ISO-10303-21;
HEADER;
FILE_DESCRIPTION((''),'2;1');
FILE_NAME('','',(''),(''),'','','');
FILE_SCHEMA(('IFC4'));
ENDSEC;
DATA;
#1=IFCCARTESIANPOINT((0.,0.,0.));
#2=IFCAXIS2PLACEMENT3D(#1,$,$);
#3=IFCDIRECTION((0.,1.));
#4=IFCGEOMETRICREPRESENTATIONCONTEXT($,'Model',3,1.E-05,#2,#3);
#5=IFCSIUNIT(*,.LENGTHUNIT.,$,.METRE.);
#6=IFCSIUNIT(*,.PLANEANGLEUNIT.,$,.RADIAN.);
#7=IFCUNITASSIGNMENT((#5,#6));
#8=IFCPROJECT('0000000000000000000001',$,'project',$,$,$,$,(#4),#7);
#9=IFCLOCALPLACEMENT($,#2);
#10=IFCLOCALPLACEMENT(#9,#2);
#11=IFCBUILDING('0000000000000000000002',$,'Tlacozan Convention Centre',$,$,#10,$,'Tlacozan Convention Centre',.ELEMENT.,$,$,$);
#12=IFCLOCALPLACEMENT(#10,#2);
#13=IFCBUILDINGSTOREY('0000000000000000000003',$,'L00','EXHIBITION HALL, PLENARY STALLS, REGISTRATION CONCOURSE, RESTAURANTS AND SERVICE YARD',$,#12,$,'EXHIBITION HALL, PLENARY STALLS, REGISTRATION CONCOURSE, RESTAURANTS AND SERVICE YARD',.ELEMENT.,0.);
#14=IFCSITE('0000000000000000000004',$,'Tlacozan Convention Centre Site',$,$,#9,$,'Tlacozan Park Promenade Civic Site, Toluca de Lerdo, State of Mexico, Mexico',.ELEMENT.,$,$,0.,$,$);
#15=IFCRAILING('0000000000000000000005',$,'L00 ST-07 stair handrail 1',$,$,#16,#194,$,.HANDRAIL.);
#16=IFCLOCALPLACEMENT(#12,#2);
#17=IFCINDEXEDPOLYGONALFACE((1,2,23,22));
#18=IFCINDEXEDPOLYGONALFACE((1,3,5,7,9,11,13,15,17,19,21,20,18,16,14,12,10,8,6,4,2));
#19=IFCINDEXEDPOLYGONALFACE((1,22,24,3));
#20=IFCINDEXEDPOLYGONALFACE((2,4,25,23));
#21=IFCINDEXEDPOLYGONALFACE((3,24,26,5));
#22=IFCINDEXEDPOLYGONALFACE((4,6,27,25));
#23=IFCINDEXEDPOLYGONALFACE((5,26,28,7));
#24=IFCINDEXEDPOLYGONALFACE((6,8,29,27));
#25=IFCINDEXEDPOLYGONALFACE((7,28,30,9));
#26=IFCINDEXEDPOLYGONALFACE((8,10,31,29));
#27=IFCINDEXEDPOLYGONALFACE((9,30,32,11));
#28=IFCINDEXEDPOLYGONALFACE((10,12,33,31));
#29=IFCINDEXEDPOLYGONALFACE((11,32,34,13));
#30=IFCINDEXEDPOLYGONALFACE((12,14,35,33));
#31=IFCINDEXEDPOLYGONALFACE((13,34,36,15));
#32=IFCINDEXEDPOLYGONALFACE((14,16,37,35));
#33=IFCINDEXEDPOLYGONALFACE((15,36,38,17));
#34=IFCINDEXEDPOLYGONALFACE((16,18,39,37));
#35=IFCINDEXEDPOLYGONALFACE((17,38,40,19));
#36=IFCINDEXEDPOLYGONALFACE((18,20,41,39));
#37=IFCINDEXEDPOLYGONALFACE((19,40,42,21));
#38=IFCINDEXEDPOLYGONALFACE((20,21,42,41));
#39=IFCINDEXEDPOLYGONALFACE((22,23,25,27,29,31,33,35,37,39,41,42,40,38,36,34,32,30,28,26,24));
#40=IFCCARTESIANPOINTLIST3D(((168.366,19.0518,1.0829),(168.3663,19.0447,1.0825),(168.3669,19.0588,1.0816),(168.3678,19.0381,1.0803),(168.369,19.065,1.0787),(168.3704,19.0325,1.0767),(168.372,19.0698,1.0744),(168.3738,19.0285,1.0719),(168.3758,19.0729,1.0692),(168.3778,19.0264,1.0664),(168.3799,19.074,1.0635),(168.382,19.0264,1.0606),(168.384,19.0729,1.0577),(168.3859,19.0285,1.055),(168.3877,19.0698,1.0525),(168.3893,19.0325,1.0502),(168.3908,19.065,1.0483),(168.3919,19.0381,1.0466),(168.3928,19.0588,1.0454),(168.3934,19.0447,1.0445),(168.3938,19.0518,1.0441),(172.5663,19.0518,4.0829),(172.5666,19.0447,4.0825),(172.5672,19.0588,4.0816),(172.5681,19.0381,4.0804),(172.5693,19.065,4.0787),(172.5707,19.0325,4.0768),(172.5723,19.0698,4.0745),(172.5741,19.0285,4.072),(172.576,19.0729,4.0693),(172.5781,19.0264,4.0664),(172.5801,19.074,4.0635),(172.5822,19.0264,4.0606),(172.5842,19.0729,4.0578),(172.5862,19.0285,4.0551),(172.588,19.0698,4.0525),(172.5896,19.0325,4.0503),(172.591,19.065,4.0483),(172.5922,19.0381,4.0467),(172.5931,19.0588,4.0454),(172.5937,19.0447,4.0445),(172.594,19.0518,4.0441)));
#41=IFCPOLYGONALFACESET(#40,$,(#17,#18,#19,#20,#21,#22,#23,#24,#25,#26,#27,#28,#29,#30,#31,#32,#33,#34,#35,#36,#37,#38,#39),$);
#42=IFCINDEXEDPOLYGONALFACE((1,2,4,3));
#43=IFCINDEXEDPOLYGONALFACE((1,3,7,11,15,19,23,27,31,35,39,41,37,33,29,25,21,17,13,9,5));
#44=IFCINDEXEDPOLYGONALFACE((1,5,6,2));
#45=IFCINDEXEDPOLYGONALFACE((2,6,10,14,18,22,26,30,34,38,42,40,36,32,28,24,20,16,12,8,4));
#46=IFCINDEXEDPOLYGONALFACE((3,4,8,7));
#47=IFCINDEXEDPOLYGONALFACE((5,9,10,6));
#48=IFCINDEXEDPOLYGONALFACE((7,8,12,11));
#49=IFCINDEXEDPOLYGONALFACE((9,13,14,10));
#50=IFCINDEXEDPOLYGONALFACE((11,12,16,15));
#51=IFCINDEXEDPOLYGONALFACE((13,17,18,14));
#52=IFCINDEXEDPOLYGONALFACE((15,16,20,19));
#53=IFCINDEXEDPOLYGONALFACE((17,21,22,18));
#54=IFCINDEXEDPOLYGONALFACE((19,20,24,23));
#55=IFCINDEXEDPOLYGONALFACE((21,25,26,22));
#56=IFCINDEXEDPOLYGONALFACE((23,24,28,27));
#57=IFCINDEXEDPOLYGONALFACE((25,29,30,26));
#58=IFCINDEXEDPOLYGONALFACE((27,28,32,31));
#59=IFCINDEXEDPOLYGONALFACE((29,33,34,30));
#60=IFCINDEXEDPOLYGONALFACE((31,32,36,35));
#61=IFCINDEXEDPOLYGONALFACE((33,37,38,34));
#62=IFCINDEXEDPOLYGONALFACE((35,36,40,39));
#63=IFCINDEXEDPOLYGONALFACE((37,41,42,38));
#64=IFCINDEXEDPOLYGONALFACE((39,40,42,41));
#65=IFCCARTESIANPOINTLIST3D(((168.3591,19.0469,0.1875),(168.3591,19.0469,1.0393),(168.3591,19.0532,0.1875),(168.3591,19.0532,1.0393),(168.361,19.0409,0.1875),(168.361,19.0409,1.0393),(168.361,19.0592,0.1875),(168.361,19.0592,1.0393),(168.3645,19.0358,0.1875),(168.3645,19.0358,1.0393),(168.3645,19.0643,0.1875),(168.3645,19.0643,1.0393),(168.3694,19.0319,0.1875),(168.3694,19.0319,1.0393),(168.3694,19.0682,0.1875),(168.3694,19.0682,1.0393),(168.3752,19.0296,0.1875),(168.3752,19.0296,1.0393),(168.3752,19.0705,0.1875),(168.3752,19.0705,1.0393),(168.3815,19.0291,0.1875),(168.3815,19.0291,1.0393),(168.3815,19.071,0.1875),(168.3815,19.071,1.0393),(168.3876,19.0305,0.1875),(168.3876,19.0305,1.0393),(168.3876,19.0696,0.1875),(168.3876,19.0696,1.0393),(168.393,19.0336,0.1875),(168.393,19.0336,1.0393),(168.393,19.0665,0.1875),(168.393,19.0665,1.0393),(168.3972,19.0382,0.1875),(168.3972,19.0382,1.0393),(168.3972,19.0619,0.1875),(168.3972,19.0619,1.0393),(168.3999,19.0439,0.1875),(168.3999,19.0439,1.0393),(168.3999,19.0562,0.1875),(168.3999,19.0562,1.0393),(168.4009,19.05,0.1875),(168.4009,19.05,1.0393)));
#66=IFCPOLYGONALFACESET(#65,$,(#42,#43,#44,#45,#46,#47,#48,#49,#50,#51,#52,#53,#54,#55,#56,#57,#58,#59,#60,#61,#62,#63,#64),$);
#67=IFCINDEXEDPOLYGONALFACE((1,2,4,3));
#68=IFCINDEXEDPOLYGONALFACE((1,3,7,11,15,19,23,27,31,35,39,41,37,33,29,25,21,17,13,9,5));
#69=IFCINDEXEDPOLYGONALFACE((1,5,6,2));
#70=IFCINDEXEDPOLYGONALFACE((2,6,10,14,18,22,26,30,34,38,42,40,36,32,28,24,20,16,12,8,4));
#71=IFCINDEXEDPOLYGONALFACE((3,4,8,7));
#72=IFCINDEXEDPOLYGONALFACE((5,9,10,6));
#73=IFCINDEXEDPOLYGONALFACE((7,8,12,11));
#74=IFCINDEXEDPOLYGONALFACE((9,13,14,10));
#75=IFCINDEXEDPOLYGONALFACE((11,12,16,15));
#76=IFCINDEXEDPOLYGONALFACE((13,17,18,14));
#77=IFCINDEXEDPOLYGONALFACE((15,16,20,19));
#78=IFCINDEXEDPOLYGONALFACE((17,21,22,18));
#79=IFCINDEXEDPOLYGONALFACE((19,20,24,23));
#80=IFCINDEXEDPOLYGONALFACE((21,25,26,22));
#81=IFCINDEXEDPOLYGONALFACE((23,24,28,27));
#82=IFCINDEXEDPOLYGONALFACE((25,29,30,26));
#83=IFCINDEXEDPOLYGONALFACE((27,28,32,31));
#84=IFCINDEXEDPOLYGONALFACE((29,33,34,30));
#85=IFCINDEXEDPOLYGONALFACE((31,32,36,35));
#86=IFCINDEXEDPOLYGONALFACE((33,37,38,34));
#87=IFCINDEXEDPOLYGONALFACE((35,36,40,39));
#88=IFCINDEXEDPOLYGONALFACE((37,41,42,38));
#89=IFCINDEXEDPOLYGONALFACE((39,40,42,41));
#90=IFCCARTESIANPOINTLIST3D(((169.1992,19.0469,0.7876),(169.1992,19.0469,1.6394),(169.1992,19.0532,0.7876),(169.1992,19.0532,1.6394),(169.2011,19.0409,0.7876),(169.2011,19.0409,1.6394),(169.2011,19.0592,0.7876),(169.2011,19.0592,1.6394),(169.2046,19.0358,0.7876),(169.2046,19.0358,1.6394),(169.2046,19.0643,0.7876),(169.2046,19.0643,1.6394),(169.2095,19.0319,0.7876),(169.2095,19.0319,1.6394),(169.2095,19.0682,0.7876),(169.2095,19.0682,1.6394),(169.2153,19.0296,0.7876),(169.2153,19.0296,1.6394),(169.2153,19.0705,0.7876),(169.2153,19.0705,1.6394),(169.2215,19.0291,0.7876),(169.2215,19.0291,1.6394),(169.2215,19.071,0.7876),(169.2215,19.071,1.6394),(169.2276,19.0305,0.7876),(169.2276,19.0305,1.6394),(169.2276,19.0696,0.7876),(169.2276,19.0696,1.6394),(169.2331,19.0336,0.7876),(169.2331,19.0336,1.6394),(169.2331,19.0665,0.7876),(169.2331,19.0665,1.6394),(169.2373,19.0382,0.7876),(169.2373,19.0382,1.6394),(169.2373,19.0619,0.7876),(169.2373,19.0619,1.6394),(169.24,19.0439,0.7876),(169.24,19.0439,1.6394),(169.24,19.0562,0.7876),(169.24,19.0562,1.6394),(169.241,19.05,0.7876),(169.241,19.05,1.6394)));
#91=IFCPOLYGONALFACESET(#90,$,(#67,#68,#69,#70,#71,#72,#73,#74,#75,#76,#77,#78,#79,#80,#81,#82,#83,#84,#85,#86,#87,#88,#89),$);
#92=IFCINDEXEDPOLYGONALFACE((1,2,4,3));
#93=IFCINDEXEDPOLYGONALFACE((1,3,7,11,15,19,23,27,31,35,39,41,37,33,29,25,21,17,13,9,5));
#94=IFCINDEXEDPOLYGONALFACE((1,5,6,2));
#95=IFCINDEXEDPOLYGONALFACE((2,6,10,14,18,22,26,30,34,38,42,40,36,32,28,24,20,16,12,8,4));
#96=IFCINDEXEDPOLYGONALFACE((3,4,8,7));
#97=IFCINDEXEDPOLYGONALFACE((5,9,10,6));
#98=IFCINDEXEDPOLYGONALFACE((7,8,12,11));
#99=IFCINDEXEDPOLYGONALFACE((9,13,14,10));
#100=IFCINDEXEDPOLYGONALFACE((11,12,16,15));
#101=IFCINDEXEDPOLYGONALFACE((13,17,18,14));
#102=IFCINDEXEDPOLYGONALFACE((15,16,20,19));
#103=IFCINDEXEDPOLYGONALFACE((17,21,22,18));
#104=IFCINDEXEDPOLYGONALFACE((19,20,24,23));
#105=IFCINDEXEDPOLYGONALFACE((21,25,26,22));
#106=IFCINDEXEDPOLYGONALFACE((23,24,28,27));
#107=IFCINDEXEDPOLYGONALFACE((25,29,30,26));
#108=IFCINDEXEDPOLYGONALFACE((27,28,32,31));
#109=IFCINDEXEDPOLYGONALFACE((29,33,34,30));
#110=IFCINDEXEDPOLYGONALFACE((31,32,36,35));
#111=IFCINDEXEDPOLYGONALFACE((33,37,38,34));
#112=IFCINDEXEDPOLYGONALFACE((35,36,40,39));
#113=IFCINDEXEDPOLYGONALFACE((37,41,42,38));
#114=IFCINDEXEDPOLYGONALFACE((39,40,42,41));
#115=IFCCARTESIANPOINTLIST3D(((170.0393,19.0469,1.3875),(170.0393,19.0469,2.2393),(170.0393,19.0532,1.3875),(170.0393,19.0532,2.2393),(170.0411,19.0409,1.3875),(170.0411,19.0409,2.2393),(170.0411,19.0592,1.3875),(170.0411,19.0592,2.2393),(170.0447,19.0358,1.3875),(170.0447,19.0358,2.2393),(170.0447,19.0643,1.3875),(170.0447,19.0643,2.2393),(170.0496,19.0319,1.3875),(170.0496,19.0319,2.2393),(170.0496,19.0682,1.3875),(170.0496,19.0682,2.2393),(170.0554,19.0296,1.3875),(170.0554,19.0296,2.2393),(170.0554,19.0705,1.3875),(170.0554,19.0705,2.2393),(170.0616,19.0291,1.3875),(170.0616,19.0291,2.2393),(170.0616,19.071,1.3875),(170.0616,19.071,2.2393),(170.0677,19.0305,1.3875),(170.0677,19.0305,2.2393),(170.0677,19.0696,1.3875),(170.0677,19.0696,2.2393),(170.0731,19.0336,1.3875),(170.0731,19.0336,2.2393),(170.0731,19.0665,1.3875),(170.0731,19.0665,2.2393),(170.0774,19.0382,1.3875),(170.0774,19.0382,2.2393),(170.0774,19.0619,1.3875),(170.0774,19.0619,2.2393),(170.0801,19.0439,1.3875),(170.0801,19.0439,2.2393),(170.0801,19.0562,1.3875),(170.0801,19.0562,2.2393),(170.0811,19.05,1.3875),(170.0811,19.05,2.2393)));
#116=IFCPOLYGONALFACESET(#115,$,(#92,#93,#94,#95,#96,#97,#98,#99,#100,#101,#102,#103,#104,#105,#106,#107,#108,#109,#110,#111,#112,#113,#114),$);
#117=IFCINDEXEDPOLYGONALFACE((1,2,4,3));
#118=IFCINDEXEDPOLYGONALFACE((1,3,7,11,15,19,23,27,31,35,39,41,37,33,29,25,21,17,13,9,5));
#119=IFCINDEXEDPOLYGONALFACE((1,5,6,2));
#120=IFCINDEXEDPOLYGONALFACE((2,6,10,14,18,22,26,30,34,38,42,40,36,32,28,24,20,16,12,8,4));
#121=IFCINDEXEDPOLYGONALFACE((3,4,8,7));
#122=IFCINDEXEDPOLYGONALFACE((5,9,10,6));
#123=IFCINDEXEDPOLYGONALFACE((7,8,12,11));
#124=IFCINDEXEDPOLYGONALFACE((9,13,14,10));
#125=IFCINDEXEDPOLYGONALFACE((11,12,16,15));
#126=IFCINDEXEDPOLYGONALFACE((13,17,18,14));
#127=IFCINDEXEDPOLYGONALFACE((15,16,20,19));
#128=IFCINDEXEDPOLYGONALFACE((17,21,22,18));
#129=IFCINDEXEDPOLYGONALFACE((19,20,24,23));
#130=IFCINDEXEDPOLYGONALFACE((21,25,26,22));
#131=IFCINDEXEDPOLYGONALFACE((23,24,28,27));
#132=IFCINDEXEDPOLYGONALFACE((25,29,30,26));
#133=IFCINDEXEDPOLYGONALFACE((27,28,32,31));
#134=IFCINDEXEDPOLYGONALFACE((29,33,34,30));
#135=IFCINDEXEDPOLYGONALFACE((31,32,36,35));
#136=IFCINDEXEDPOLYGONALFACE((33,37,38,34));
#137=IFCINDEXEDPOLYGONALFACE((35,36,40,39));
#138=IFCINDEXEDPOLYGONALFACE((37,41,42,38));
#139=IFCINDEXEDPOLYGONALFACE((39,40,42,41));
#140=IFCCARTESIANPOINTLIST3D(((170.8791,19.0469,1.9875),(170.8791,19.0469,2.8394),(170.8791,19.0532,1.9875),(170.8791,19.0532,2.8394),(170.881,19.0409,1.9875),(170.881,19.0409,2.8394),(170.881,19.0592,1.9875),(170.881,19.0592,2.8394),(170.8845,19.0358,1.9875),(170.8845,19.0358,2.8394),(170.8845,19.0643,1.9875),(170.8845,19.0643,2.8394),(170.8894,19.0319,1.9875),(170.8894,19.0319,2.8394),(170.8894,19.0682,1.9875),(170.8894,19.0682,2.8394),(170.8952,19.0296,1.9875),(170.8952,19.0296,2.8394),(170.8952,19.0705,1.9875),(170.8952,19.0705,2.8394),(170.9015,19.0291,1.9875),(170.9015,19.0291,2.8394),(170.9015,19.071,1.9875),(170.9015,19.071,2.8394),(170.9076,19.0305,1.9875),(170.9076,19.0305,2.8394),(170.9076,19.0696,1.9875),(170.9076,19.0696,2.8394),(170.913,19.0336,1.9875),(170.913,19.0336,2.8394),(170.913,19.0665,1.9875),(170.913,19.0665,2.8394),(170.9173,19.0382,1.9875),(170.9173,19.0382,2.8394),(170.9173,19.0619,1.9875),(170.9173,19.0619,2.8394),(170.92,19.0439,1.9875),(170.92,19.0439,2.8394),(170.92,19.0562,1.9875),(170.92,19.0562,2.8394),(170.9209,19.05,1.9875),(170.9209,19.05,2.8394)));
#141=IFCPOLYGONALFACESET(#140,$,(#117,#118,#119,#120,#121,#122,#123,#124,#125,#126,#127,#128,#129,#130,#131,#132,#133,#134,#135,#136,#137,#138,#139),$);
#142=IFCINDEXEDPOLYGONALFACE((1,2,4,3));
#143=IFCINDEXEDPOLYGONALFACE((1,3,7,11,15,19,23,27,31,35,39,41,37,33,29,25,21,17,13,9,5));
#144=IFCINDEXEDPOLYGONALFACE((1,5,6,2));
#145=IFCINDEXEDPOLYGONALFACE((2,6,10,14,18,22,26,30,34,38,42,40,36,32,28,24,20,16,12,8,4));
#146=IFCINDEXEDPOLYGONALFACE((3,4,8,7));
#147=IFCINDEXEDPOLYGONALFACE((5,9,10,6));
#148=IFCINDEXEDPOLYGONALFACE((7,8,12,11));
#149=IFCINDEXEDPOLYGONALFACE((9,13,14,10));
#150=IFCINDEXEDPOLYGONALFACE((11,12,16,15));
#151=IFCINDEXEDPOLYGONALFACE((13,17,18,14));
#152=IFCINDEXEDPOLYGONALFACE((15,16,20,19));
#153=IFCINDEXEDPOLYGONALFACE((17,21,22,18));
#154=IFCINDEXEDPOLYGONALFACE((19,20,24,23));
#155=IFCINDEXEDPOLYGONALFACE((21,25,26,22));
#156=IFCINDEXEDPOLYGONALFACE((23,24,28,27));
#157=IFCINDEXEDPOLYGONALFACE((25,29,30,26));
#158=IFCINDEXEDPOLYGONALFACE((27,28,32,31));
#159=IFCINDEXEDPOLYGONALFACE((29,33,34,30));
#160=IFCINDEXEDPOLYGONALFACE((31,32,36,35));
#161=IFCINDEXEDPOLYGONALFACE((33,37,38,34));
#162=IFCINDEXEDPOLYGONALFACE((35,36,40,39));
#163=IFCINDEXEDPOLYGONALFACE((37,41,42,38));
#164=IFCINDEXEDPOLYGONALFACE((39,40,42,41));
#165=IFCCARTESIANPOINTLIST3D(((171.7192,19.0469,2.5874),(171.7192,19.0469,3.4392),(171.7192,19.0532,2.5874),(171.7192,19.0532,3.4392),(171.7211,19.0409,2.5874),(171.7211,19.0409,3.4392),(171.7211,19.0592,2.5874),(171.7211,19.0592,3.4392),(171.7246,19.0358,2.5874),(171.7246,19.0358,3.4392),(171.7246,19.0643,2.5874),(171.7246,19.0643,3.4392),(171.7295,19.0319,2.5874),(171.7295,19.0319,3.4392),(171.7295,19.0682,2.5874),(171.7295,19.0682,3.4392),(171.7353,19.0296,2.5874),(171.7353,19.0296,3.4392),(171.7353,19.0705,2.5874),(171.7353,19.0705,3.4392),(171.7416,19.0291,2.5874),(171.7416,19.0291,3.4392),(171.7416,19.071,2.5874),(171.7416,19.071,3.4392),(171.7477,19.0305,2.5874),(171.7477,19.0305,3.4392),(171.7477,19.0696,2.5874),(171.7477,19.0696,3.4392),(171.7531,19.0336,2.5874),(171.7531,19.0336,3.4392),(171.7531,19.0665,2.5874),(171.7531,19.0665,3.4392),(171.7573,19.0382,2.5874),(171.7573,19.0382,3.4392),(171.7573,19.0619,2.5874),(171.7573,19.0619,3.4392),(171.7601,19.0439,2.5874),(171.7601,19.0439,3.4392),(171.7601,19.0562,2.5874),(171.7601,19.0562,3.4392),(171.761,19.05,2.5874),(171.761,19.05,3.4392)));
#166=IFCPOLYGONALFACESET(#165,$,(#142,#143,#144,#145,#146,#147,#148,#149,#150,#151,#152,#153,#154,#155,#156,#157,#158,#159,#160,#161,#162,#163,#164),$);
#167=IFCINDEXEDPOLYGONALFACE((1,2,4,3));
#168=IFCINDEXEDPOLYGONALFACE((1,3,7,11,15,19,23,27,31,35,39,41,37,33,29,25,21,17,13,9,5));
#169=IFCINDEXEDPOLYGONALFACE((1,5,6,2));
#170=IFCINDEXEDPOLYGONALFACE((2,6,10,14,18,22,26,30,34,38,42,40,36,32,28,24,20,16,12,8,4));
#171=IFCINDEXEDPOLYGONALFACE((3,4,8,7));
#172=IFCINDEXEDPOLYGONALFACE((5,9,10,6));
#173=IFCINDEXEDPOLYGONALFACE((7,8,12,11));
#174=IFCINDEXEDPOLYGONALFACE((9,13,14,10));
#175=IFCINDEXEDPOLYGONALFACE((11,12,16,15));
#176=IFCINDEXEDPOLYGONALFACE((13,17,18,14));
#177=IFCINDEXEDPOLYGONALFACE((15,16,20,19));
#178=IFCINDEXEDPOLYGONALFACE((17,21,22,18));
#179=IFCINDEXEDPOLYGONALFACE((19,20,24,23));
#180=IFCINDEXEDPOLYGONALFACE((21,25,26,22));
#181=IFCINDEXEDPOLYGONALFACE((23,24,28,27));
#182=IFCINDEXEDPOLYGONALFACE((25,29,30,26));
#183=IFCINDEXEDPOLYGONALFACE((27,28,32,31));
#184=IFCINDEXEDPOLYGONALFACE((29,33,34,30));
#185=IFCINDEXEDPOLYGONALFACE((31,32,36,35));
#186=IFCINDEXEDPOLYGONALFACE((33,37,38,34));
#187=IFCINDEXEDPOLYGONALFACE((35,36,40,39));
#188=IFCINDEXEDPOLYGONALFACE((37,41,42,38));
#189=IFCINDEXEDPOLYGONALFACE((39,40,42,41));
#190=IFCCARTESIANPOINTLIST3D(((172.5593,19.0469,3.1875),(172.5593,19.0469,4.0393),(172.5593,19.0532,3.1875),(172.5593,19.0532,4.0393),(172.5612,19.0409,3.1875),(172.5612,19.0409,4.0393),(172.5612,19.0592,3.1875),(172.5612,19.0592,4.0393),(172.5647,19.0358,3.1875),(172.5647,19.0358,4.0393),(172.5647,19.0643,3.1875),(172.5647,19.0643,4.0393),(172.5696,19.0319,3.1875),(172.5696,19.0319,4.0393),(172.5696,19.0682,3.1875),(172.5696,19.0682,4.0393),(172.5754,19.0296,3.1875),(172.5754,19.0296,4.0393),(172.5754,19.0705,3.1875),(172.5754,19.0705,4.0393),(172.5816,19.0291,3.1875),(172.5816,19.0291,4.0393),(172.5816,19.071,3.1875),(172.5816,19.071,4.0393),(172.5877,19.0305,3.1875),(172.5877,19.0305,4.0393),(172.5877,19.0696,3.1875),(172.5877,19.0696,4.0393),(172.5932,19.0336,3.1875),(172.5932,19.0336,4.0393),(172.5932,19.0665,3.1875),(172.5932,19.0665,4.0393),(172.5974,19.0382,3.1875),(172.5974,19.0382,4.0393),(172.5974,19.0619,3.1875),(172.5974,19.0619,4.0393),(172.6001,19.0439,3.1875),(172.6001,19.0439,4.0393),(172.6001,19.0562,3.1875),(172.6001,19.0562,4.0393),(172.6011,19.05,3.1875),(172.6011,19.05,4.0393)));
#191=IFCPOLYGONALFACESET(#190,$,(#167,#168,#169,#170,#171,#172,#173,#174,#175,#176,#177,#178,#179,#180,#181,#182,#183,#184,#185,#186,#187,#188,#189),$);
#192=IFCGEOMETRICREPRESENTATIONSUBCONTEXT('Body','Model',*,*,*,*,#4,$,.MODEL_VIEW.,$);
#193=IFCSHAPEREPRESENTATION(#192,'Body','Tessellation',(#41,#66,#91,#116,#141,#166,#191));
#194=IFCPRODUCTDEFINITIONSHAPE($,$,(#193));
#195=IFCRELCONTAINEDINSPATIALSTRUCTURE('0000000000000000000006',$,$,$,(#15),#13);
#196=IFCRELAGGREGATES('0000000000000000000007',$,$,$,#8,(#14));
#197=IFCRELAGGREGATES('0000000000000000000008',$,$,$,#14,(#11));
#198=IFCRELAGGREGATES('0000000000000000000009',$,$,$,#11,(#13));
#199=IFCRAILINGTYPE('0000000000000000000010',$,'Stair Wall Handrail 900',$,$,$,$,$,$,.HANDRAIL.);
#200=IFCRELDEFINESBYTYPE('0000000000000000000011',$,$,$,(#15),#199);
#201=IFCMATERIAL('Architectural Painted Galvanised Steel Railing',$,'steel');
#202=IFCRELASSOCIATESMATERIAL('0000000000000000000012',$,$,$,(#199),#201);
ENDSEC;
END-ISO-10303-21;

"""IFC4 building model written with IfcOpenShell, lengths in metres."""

from ifc_helpers import new_model, si_unit, direction, frame, origin, origin_2d, place, context, subcontext, project, spatial, circle, extrude, material, type_object, element, save


model = new_model("IFC4")

# Units and contexts
model_context = context("Model", 3, precision=1e-05, world=origin(), true_north=direction((0.0, 1.0)))
body_context = subcontext(model_context, "Body", "Model", "MODEL_VIEW")
ifc_project = project(units=[si_unit("LENGTHUNIT", "METRE"), si_unit("PLANEANGLEUNIT", "RADIAN")], contexts=[model_context])

# Site, building, storey
site_placement = place(None, origin())
site = spatial("IfcSite", under=ifc_project, at=site_placement, Name="Tlacozan Convention Centre Site", LongName="Tlacozan Park Promenade Civic Site, Toluca de Lerdo, State of Mexico, Mexico", CompositionType="ELEMENT", RefElevation=0.0)
building_placement = place(site_placement, origin())
building = spatial("IfcBuilding", under=site, at=building_placement, Name="Tlacozan Convention Centre", LongName="Tlacozan Convention Centre", CompositionType="ELEMENT")
storey_placement = place(building_placement, origin())
storey = spatial("IfcBuildingStorey", under=building, at=storey_placement, Name="L00", Description="EXHIBITION HALL, PLENARY STALLS, REGISTRATION CONCOURSE, RESTAURANTS AND SERVICE YARD", LongName="EXHIBITION HALL, PLENARY STALLS, REGISTRATION CONCOURSE, RESTAURANTS AND SERVICE YARD", CompositionType="ELEMENT", Elevation=0.0)

# Railing
ifc_material_1 = material(Name="Architectural Painted Galvanised Steel Railing", Category="steel")
railing_type_1 = type_object("IfcRailingType", Name="Stair Wall Handrail 900", PredefinedType="HANDRAIL", material=ifc_material_1)
railing_1_placement = place(storey_placement, frame((168.3799, 19.05, 0.1875)))
element("IfcRailing", 1, at=railing_1_placement, inside=storey, type_object=railing_type_1, Name="L00 ST-07 stair handrail 1", PredefinedType="HANDRAIL", context=body_context, shape_type="SweptSolid", body=[
    extrude(circle(Radius=0.0239, at=origin_2d()), frame((0.0, 0.0, 0.876), z_axis=(0.813746, 0.0, 0.58122), x_axis=(0.0, 1.0, 0.0)), (0.0, 0.0, 1.0), 5.1616),
    extrude(circle(Radius=0.021, at=origin_2d()), origin(), (0.0, 0.0, 1.0), 0.8518),
    extrude(circle(Radius=0.021, at=origin_2d()), frame((0.8401, 0.0, 0.6001)), (0.0, 0.0, 1.0), 0.8518),
    extrude(circle(Radius=0.021, at=origin_2d()), frame((1.6802, 0.0, 1.2)), (0.0, 0.0, 1.0), 0.8518),
    extrude(circle(Radius=0.021, at=origin_2d()), frame((2.52, 0.0, 1.8)), (0.0, 0.0, 1.0), 0.8518),
    extrude(circle(Radius=0.021, at=origin_2d()), frame((3.3601, 0.0, 2.3999)), (0.0, 0.0, 1.0), 0.8518),
    extrude(circle(Radius=0.021, at=origin_2d()), frame((4.2002, 0.0, 3.0)), (0.0, 0.0, 1.0), 0.8518),
])

save(model, "model.ifc")
